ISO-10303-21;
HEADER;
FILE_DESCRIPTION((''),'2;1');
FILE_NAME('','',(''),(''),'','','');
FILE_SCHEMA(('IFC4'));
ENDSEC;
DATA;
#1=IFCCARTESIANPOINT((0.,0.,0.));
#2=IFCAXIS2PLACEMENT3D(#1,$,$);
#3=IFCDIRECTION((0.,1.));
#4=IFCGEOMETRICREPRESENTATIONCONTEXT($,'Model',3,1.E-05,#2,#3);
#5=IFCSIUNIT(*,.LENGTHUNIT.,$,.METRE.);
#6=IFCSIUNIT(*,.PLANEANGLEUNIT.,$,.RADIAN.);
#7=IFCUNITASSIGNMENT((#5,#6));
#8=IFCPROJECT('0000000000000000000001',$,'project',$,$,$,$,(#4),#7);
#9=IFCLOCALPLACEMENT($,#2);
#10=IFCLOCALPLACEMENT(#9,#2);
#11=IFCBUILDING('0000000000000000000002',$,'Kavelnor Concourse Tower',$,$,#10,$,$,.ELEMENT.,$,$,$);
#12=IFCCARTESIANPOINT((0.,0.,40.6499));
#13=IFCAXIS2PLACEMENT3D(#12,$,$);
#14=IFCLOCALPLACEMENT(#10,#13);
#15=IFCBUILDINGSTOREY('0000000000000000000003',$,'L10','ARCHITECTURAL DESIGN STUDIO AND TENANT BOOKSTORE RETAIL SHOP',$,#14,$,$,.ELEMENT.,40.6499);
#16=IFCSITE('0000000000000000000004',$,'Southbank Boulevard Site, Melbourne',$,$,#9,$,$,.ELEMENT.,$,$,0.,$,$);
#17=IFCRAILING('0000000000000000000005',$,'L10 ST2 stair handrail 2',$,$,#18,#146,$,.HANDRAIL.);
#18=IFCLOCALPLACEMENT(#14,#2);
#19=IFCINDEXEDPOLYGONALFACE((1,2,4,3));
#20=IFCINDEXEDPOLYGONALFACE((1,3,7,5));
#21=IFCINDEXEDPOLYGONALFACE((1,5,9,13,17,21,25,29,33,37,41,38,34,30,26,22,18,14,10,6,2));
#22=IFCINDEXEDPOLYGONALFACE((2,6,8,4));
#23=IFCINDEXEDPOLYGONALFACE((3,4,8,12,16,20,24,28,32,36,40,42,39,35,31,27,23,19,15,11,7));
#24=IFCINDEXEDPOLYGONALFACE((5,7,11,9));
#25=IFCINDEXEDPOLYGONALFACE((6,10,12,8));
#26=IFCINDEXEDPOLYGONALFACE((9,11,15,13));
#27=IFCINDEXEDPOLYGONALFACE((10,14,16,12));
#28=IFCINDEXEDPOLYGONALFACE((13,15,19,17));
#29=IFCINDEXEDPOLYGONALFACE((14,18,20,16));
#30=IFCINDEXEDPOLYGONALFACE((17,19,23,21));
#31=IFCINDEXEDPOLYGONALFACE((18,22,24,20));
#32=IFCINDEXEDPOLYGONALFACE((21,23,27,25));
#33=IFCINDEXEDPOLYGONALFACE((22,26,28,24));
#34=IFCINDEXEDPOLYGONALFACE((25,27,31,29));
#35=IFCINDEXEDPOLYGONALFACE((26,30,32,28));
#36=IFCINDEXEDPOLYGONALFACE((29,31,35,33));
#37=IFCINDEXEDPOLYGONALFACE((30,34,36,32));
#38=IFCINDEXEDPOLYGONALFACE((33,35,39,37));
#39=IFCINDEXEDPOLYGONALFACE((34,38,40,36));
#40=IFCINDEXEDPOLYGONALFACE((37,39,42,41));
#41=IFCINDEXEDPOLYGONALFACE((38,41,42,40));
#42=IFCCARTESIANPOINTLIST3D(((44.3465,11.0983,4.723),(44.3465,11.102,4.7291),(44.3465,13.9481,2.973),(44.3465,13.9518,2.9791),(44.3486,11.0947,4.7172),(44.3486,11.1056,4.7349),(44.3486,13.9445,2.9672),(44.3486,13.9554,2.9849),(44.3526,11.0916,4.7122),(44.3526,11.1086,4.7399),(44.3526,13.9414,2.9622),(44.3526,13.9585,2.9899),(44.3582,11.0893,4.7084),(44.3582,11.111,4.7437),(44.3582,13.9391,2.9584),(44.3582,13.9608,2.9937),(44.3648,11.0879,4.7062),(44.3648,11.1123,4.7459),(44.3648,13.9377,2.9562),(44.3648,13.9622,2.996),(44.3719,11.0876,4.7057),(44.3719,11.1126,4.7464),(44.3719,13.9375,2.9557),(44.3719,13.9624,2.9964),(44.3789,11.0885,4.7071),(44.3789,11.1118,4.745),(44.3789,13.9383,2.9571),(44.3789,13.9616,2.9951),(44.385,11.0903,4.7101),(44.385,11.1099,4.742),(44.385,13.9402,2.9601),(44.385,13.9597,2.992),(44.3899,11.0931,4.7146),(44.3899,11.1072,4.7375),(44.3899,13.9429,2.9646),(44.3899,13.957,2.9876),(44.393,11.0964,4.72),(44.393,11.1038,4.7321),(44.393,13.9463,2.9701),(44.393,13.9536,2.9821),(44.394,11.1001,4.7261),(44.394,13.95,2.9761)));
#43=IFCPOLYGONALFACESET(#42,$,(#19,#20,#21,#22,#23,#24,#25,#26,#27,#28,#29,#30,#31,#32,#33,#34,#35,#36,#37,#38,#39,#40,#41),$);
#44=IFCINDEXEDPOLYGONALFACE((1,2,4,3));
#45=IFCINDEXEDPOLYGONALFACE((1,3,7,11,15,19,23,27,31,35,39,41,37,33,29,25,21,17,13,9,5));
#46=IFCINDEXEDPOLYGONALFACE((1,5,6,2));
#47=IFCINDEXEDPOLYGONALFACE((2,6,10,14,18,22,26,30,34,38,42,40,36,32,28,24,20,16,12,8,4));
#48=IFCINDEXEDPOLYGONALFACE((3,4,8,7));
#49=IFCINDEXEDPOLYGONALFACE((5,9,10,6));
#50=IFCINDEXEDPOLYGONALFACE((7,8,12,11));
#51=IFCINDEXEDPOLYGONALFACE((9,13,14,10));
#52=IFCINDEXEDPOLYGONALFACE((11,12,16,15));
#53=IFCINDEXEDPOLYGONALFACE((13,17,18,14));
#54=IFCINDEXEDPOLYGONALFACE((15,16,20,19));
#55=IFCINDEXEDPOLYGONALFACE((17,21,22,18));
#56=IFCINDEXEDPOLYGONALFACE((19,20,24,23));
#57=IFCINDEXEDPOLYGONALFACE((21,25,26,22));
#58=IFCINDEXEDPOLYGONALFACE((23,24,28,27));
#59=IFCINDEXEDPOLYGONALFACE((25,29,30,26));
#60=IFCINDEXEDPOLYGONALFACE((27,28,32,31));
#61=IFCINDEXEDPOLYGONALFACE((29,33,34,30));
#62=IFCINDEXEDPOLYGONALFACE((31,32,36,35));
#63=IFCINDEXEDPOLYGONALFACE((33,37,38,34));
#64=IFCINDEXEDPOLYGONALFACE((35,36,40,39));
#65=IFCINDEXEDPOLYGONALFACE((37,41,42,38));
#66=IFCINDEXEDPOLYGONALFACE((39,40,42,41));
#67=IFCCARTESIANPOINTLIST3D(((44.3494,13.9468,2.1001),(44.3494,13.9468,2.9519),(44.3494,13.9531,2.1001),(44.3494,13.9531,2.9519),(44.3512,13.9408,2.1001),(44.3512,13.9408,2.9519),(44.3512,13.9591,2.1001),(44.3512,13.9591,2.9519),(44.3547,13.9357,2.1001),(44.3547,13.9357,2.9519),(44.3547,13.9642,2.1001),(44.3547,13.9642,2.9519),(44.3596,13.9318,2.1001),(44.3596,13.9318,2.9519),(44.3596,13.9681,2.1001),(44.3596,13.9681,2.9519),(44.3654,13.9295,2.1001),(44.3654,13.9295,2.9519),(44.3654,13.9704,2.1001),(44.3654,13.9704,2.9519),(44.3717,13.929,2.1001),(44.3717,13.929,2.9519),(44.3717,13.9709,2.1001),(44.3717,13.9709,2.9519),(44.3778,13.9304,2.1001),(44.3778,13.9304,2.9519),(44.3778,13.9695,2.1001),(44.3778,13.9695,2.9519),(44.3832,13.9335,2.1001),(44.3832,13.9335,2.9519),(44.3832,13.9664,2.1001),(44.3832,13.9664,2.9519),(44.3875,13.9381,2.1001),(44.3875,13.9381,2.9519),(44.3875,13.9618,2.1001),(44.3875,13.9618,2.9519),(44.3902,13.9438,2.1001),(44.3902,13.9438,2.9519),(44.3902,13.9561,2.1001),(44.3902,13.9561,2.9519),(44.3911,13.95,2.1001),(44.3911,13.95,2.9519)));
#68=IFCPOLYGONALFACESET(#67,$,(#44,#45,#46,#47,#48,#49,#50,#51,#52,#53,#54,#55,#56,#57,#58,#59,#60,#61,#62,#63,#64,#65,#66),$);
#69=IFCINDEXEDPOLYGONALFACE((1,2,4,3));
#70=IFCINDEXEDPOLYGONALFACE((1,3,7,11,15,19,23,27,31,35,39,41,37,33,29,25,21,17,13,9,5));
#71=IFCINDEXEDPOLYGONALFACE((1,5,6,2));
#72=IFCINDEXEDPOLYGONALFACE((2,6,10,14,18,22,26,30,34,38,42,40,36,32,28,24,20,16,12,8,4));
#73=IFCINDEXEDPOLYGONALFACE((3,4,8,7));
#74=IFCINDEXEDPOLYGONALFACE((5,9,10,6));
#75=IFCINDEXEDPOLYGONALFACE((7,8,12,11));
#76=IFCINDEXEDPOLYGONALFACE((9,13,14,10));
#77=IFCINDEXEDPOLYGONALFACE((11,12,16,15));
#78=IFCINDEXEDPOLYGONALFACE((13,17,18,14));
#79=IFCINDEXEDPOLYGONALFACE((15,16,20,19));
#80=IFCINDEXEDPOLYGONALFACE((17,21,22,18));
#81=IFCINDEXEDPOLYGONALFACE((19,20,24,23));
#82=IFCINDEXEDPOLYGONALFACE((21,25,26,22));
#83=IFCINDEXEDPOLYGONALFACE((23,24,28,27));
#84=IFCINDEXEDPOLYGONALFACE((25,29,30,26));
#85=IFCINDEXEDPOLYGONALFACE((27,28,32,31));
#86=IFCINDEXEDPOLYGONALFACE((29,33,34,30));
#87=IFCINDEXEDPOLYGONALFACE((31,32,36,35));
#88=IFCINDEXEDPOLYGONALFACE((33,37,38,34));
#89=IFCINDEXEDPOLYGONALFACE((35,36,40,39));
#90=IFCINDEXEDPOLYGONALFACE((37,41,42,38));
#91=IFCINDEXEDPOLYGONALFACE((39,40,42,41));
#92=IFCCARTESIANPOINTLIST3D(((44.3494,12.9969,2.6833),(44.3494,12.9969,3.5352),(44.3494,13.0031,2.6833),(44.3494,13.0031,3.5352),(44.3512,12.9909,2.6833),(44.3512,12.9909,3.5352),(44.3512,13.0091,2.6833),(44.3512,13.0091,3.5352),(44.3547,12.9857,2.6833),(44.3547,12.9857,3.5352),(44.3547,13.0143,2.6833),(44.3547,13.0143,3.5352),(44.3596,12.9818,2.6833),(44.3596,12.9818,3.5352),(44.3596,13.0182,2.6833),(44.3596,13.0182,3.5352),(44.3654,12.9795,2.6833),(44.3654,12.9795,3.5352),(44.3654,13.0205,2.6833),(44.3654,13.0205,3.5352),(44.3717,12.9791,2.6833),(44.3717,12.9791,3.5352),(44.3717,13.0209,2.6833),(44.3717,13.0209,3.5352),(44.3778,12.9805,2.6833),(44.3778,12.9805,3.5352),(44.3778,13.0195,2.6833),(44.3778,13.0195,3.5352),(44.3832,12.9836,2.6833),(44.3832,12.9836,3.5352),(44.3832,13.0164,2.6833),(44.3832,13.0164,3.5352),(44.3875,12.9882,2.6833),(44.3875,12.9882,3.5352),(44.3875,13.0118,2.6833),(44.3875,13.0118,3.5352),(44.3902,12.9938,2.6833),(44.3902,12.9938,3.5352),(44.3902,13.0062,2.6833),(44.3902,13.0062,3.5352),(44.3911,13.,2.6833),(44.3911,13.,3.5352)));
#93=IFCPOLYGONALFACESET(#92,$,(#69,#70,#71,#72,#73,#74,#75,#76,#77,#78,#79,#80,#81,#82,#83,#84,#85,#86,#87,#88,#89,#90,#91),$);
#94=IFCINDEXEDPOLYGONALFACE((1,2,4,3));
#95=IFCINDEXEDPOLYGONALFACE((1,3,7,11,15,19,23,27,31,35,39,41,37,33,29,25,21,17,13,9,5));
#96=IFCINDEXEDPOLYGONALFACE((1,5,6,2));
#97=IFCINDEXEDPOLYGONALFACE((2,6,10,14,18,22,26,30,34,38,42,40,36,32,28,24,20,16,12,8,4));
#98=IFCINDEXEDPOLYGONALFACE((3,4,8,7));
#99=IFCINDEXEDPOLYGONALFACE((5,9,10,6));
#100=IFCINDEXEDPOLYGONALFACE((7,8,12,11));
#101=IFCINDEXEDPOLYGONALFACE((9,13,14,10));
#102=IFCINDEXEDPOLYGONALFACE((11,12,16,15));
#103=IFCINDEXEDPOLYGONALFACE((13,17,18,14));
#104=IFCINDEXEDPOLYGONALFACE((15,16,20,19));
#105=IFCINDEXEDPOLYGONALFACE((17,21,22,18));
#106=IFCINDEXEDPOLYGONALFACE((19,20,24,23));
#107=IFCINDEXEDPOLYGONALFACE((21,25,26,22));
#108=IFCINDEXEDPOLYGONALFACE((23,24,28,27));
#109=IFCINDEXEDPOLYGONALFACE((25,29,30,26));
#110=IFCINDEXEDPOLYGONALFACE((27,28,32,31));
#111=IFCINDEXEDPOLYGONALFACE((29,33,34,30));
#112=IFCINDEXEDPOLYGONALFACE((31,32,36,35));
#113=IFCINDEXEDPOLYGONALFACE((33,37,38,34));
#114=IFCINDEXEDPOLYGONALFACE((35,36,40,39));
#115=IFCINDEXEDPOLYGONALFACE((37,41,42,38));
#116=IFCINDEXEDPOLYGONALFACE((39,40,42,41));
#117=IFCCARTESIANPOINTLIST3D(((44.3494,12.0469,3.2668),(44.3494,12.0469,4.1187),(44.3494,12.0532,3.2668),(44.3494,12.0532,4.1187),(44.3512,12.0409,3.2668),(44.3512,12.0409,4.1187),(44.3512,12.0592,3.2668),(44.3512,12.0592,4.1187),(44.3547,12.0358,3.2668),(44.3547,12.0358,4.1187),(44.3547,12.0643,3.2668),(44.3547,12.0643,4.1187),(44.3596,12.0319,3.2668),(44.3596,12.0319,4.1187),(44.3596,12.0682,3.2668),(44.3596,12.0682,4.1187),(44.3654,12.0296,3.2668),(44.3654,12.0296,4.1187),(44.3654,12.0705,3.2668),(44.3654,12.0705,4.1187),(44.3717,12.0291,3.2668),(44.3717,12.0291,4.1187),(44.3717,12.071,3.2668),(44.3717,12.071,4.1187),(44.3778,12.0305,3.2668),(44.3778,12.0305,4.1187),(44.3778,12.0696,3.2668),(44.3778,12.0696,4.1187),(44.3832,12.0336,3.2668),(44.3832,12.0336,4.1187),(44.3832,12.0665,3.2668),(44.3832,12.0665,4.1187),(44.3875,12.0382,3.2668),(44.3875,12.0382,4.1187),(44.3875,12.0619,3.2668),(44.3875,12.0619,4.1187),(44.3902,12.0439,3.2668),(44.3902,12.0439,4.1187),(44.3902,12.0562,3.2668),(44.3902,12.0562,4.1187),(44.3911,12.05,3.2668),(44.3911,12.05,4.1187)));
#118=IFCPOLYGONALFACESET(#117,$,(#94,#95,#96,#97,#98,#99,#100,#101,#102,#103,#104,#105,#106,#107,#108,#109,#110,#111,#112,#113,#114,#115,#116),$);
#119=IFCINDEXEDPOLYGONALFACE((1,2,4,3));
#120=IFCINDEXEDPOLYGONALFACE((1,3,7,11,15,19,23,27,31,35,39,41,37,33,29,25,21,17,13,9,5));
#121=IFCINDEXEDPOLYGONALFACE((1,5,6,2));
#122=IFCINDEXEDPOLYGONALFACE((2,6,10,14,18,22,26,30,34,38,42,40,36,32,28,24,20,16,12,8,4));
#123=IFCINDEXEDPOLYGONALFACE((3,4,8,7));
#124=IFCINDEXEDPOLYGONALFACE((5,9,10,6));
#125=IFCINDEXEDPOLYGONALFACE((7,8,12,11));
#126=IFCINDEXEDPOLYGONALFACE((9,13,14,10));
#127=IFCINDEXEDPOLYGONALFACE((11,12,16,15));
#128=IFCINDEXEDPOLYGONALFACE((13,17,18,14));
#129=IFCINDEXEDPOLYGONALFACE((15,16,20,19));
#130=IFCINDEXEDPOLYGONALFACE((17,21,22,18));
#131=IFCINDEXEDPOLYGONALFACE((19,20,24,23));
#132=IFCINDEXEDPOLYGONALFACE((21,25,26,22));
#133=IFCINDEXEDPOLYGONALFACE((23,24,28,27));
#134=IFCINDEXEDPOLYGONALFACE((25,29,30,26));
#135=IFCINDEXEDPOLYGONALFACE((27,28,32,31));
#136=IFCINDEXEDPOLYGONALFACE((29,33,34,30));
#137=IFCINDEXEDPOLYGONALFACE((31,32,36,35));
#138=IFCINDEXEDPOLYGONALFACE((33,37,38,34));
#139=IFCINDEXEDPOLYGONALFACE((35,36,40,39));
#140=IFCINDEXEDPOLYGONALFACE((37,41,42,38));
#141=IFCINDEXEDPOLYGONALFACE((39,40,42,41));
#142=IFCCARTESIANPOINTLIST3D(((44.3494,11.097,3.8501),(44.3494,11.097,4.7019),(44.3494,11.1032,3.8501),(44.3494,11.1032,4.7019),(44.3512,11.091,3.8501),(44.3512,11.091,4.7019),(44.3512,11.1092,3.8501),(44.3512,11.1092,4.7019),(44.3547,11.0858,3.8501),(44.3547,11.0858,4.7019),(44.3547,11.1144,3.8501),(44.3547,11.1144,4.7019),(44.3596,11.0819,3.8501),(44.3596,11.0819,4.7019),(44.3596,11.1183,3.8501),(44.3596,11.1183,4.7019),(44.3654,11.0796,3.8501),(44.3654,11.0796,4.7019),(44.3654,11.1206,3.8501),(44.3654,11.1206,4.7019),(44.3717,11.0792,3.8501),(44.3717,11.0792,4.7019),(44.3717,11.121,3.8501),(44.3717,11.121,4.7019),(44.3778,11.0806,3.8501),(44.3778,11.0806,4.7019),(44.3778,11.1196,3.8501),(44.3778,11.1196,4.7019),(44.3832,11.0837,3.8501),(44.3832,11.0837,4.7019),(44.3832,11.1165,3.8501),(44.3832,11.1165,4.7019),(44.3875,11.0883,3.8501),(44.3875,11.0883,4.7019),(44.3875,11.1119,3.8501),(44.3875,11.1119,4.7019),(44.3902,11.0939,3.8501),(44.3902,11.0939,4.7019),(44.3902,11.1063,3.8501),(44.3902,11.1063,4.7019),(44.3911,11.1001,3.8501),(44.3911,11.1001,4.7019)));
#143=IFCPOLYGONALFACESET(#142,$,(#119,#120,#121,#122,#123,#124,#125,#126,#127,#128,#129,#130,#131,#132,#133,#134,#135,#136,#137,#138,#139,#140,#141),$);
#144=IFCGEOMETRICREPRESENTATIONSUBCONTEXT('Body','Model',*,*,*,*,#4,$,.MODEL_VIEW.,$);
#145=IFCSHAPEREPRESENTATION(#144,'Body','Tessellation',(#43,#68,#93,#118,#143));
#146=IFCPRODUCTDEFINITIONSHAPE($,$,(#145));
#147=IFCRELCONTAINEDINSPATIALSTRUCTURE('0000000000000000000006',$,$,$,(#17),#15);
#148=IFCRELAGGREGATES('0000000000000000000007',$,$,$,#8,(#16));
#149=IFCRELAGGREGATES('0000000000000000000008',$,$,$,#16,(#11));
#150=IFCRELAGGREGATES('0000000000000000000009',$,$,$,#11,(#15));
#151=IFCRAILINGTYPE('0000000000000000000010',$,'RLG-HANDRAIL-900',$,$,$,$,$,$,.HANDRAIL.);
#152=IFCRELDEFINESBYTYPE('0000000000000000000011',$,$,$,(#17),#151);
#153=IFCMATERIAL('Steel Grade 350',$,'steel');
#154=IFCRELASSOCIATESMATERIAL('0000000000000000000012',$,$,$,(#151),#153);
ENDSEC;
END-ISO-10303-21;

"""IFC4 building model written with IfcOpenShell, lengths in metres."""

from ifc_helpers import new_model, si_unit, direction, frame, origin, origin_2d, place, context, subcontext, project, spatial, circle, extrude, material, type_object, element, save


model = new_model("IFC4")

# Units and contexts
model_context = context("Model", 3, precision=1e-05, world=origin(), true_north=direction((0.0, 1.0)))
body_context = subcontext(model_context, "Body", "Model", "MODEL_VIEW")
ifc_project = project(units=[si_unit("LENGTHUNIT", "METRE"), si_unit("PLANEANGLEUNIT", "RADIAN")], contexts=[model_context])

# Site, building, storey
site_placement = place(None, origin())
site = spatial("IfcSite", under=ifc_project, at=site_placement, Name="Southbank Boulevard Site, Melbourne", CompositionType="ELEMENT", RefElevation=0.0)
building_placement = place(site_placement, origin())
building = spatial("IfcBuilding", under=site, at=building_placement, Name="Kavelnor Concourse Tower", CompositionType="ELEMENT")
storey_placement = place(building_placement, frame((0.0, 0.0, 40.6499)))
storey = spatial("IfcBuildingStorey", under=building, at=storey_placement, Name="L10", Description="ARCHITECTURAL DESIGN STUDIO AND TENANT BOOKSTORE RETAIL SHOP", CompositionType="ELEMENT", Elevation=40.6499)

# Shared definitions
ifc_material_1 = material(Name="Steel Grade 350", Category="steel")

# Railing
railing_type_1 = type_object("IfcRailingType", Name="RLG-HANDRAIL-900", PredefinedType="HANDRAIL", material=ifc_material_1)
railing_1_placement = place(storey_placement, frame((44.3701, 13.95, 2.1001)))
element("IfcRailing", 1, at=railing_1_placement, inside=storey, type_object=railing_type_1, Name="L10 ST2 stair handrail 2", PredefinedType="HANDRAIL", context=body_context, shape_type="SweptSolid", body=[
    extrude(circle(Radius=0.0239, at=origin_2d()), frame((0.0, 0.0, 0.876), z_axis=(0.0, -0.852159, 0.523283), x_axis=(1.0, 0.0, 0.0)), (0.0, 0.0, 1.0), 3.3442),
    extrude(circle(Radius=0.021, at=origin_2d()), origin(), (0.0, 0.0, 1.0), 0.8518),
    extrude(circle(Radius=0.021, at=origin_2d()), frame((0.0, -0.95, 0.5833)), (0.0, 0.0, 1.0), 0.8518),
    extrude(circle(Radius=0.021, at=origin_2d()), frame((0.0, -1.8999, 1.1667)), (0.0, 0.0, 1.0), 0.8518),
    extrude(circle(Radius=0.021, at=origin_2d()), frame((0.0, -2.8499, 1.75)), (0.0, 0.0, 1.0), 0.8518),
])

save(model, "model.ifc")
